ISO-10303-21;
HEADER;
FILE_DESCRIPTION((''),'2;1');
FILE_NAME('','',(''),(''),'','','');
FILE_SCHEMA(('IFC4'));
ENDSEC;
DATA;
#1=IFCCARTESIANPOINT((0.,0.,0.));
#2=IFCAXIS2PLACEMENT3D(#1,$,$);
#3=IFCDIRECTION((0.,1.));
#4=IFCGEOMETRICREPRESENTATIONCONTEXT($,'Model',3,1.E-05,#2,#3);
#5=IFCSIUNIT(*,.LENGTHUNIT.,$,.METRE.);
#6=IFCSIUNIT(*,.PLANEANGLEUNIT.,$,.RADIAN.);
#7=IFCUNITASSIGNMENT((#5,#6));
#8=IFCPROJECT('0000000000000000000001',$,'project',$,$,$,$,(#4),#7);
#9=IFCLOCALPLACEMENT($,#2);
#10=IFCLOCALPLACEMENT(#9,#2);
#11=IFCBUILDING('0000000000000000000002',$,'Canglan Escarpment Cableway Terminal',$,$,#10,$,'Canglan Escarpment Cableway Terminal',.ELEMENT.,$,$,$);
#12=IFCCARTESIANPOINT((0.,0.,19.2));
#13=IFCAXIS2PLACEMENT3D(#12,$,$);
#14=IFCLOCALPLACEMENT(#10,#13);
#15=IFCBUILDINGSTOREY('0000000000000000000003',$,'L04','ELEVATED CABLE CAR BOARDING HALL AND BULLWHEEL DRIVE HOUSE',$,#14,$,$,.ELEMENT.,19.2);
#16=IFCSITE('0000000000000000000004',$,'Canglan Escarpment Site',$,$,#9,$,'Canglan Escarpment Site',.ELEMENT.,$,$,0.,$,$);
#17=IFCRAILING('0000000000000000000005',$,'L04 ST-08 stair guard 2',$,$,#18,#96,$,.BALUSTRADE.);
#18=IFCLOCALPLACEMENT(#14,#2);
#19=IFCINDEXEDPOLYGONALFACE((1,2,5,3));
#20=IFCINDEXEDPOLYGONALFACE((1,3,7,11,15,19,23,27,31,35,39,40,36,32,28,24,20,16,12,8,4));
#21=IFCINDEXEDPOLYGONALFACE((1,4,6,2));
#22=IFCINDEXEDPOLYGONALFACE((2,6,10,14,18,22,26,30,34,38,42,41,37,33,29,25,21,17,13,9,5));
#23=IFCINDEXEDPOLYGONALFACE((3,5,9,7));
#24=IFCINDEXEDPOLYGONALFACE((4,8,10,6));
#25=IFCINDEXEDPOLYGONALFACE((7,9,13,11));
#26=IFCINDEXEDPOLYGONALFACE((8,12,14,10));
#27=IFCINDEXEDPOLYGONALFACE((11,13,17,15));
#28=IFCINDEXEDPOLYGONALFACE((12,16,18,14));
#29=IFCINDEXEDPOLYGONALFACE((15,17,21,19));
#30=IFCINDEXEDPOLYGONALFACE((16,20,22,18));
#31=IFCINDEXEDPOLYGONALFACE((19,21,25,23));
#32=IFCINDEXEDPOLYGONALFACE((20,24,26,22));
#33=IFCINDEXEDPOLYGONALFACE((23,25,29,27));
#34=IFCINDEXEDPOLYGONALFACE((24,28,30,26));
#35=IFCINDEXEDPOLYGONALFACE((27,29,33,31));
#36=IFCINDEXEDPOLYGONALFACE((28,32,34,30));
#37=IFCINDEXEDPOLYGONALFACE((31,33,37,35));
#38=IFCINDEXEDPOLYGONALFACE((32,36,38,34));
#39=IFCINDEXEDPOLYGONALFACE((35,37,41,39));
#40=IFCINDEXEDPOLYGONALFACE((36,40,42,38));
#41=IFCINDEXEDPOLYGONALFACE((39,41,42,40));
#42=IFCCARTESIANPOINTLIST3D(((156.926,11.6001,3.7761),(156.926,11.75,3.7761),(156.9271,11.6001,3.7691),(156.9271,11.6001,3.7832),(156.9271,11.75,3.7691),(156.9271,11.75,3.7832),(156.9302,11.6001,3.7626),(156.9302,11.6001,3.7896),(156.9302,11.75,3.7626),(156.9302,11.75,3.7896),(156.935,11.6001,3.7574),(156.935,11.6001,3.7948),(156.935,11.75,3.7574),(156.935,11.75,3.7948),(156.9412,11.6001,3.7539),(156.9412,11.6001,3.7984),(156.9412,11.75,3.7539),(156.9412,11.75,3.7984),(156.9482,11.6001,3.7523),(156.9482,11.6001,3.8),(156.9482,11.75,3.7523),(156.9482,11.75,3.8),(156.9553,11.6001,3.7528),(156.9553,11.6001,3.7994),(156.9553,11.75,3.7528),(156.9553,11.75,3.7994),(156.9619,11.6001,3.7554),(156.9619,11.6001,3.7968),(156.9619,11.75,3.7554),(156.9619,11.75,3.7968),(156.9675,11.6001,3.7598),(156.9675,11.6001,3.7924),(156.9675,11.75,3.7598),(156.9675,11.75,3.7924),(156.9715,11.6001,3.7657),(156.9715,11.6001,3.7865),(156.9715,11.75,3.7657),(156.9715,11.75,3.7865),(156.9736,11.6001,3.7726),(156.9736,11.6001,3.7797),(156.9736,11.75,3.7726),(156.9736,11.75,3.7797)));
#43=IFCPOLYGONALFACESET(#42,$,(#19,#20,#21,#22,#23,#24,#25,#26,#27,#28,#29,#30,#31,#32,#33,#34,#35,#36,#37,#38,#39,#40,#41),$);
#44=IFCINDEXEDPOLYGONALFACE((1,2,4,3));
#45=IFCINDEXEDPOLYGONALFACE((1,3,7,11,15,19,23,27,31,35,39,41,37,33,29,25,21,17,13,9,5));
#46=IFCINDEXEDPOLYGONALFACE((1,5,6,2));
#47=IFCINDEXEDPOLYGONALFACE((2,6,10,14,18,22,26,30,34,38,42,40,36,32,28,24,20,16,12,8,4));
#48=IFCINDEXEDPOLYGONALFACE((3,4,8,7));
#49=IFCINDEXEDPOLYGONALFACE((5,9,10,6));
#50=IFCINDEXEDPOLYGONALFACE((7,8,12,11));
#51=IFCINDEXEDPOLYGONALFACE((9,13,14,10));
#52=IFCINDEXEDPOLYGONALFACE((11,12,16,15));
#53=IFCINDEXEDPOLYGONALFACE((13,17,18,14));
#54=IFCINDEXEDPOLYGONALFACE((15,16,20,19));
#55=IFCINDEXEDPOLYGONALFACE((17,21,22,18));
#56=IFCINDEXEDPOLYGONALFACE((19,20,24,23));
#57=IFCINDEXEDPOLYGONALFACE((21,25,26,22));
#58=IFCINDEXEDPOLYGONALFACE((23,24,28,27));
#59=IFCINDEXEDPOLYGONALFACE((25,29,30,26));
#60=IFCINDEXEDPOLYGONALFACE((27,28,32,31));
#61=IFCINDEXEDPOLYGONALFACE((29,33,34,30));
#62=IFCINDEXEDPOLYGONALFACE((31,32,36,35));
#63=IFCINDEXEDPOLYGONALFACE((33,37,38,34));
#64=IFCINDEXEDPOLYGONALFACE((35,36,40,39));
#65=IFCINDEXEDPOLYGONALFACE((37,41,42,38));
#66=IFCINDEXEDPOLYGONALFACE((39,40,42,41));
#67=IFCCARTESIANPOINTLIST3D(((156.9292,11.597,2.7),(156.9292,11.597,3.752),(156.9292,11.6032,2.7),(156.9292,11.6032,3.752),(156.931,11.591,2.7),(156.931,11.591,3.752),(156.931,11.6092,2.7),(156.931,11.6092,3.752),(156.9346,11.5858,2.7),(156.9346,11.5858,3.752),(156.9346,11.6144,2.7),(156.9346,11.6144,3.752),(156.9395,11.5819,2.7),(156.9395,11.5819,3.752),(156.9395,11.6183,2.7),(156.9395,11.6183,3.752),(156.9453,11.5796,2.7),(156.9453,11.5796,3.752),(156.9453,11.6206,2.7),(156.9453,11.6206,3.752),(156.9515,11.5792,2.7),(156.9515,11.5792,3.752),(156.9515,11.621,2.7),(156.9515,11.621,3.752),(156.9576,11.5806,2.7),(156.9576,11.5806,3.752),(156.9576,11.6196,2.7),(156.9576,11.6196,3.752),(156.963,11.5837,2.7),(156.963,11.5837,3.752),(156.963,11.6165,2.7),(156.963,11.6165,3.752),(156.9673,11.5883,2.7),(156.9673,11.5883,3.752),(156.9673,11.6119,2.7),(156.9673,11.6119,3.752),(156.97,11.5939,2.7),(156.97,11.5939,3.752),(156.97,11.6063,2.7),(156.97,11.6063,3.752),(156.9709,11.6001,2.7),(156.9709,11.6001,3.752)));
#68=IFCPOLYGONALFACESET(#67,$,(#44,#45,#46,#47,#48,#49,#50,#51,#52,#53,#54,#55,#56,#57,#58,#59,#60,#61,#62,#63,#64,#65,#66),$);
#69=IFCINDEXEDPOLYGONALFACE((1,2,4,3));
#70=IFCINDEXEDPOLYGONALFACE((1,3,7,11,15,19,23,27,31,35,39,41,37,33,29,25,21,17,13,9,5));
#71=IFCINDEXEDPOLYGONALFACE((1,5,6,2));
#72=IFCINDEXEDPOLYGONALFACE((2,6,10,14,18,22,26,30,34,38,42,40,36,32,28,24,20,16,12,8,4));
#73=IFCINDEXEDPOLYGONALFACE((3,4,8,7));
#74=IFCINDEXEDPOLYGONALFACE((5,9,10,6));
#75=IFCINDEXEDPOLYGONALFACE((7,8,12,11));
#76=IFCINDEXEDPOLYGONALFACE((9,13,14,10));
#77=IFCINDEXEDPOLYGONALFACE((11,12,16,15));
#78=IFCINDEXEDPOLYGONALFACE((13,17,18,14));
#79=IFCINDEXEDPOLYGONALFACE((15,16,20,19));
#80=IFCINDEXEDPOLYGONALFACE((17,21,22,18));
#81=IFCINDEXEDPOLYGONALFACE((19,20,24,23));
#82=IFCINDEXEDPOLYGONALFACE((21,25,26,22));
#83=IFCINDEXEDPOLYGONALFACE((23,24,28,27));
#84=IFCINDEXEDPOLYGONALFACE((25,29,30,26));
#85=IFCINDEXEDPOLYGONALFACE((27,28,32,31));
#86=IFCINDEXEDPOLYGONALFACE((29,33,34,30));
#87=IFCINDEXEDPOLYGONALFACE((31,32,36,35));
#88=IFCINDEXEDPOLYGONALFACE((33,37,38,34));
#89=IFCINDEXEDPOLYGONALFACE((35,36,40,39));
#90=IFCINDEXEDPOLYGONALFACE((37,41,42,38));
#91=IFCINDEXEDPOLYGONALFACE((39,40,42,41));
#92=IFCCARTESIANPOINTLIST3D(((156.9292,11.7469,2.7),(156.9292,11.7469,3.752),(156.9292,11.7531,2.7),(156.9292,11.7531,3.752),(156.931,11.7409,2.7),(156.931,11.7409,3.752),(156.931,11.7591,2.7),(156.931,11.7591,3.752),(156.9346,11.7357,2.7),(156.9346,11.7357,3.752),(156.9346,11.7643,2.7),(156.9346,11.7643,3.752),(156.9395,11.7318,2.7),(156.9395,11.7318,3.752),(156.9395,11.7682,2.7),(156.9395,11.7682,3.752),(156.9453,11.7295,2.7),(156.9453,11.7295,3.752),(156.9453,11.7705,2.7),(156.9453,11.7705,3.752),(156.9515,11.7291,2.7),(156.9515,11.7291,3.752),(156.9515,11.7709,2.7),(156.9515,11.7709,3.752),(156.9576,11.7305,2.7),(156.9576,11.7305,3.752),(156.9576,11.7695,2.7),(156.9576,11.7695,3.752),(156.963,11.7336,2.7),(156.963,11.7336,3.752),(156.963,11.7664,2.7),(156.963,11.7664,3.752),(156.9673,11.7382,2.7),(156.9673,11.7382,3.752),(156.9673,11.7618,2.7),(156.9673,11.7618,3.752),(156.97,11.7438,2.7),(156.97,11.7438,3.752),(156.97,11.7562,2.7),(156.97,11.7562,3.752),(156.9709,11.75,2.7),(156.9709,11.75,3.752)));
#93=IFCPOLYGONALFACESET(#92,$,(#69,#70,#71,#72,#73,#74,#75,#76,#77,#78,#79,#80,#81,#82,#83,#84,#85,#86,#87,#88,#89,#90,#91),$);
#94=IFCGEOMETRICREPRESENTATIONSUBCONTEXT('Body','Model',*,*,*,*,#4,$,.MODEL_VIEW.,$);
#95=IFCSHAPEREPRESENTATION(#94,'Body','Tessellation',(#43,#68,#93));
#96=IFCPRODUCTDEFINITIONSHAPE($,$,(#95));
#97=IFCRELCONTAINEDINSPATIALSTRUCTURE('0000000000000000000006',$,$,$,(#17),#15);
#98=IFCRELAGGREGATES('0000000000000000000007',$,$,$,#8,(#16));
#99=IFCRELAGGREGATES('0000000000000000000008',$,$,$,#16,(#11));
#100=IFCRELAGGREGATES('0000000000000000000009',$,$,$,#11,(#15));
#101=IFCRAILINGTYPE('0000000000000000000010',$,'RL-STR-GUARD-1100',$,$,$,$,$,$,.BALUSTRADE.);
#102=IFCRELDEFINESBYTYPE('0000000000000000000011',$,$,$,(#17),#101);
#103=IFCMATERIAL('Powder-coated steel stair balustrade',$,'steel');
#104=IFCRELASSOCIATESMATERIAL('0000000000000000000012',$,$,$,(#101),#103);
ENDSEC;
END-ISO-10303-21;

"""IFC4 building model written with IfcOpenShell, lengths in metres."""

from ifc_helpers import new_model, si_unit, direction, frame, origin, origin_2d, place, context, subcontext, project, spatial, circle, extrude, material, type_object, element, save


model = new_model("IFC4")

# Units and contexts
model_context = context("Model", 3, precision=1e-05, world=origin(), true_north=direction((0.0, 1.0)))
body_context = subcontext(model_context, "Body", "Model", "MODEL_VIEW")
ifc_project = project(units=[si_unit("LENGTHUNIT", "METRE"), si_unit("PLANEANGLEUNIT", "RADIAN")], contexts=[model_context])

# Site, building, storey
site_placement = place(None, origin())
site = spatial("IfcSite", under=ifc_project, at=site_placement, Name="Canglan Escarpment Site", LongName="Canglan Escarpment Site", CompositionType="ELEMENT", RefElevation=0.0)
building_placement = place(site_placement, origin())
building = spatial("IfcBuilding", under=site, at=building_placement, Name="Canglan Escarpment Cableway Terminal", LongName="Canglan Escarpment Cableway Terminal", CompositionType="ELEMENT")
storey_placement = place(building_placement, frame((0.0, 0.0, 19.2)))
storey = spatial("IfcBuildingStorey", under=building, at=storey_placement, Name="L04", Description="ELEVATED CABLE CAR BOARDING HALL AND BULLWHEEL DRIVE HOUSE", CompositionType="ELEMENT", Elevation=19.2)

# Railing
ifc_material_1 = material(Name="Powder-coated steel stair balustrade", Category="steel")
railing_type_1 = type_object("IfcRailingType", Name="RL-STR-GUARD-1100", PredefinedType="BALUSTRADE", material=ifc_material_1)
railing_1_placement = place(storey_placement, frame((156.95, 11.6001, 2.7)))
element("IfcRailing", 1, at=railing_1_placement, inside=storey, type_object=railing_type_1, Name="L04 ST-08 stair guard 2", PredefinedType="BALUSTRADE", context=body_context, shape_type="SweptSolid", body=[
    extrude(circle(Radius=0.0239, at=origin_2d()), frame((0.0, 0.0, 1.0762), z_axis=(0.0, 1.0, 0.0), x_axis=(-1.0, 0.0, 0.0)), (0.0, 0.0, 1.0), 0.1499),
    extrude(circle(Radius=0.021, at=origin_2d()), origin(), (0.0, 0.0, 1.0), 1.052),
    extrude(circle(Radius=0.021, at=origin_2d()), frame((0.0, 0.1499, 0.0)), (0.0, 0.0, 1.0), 1.052),
])

save(model, "model.ifc")
